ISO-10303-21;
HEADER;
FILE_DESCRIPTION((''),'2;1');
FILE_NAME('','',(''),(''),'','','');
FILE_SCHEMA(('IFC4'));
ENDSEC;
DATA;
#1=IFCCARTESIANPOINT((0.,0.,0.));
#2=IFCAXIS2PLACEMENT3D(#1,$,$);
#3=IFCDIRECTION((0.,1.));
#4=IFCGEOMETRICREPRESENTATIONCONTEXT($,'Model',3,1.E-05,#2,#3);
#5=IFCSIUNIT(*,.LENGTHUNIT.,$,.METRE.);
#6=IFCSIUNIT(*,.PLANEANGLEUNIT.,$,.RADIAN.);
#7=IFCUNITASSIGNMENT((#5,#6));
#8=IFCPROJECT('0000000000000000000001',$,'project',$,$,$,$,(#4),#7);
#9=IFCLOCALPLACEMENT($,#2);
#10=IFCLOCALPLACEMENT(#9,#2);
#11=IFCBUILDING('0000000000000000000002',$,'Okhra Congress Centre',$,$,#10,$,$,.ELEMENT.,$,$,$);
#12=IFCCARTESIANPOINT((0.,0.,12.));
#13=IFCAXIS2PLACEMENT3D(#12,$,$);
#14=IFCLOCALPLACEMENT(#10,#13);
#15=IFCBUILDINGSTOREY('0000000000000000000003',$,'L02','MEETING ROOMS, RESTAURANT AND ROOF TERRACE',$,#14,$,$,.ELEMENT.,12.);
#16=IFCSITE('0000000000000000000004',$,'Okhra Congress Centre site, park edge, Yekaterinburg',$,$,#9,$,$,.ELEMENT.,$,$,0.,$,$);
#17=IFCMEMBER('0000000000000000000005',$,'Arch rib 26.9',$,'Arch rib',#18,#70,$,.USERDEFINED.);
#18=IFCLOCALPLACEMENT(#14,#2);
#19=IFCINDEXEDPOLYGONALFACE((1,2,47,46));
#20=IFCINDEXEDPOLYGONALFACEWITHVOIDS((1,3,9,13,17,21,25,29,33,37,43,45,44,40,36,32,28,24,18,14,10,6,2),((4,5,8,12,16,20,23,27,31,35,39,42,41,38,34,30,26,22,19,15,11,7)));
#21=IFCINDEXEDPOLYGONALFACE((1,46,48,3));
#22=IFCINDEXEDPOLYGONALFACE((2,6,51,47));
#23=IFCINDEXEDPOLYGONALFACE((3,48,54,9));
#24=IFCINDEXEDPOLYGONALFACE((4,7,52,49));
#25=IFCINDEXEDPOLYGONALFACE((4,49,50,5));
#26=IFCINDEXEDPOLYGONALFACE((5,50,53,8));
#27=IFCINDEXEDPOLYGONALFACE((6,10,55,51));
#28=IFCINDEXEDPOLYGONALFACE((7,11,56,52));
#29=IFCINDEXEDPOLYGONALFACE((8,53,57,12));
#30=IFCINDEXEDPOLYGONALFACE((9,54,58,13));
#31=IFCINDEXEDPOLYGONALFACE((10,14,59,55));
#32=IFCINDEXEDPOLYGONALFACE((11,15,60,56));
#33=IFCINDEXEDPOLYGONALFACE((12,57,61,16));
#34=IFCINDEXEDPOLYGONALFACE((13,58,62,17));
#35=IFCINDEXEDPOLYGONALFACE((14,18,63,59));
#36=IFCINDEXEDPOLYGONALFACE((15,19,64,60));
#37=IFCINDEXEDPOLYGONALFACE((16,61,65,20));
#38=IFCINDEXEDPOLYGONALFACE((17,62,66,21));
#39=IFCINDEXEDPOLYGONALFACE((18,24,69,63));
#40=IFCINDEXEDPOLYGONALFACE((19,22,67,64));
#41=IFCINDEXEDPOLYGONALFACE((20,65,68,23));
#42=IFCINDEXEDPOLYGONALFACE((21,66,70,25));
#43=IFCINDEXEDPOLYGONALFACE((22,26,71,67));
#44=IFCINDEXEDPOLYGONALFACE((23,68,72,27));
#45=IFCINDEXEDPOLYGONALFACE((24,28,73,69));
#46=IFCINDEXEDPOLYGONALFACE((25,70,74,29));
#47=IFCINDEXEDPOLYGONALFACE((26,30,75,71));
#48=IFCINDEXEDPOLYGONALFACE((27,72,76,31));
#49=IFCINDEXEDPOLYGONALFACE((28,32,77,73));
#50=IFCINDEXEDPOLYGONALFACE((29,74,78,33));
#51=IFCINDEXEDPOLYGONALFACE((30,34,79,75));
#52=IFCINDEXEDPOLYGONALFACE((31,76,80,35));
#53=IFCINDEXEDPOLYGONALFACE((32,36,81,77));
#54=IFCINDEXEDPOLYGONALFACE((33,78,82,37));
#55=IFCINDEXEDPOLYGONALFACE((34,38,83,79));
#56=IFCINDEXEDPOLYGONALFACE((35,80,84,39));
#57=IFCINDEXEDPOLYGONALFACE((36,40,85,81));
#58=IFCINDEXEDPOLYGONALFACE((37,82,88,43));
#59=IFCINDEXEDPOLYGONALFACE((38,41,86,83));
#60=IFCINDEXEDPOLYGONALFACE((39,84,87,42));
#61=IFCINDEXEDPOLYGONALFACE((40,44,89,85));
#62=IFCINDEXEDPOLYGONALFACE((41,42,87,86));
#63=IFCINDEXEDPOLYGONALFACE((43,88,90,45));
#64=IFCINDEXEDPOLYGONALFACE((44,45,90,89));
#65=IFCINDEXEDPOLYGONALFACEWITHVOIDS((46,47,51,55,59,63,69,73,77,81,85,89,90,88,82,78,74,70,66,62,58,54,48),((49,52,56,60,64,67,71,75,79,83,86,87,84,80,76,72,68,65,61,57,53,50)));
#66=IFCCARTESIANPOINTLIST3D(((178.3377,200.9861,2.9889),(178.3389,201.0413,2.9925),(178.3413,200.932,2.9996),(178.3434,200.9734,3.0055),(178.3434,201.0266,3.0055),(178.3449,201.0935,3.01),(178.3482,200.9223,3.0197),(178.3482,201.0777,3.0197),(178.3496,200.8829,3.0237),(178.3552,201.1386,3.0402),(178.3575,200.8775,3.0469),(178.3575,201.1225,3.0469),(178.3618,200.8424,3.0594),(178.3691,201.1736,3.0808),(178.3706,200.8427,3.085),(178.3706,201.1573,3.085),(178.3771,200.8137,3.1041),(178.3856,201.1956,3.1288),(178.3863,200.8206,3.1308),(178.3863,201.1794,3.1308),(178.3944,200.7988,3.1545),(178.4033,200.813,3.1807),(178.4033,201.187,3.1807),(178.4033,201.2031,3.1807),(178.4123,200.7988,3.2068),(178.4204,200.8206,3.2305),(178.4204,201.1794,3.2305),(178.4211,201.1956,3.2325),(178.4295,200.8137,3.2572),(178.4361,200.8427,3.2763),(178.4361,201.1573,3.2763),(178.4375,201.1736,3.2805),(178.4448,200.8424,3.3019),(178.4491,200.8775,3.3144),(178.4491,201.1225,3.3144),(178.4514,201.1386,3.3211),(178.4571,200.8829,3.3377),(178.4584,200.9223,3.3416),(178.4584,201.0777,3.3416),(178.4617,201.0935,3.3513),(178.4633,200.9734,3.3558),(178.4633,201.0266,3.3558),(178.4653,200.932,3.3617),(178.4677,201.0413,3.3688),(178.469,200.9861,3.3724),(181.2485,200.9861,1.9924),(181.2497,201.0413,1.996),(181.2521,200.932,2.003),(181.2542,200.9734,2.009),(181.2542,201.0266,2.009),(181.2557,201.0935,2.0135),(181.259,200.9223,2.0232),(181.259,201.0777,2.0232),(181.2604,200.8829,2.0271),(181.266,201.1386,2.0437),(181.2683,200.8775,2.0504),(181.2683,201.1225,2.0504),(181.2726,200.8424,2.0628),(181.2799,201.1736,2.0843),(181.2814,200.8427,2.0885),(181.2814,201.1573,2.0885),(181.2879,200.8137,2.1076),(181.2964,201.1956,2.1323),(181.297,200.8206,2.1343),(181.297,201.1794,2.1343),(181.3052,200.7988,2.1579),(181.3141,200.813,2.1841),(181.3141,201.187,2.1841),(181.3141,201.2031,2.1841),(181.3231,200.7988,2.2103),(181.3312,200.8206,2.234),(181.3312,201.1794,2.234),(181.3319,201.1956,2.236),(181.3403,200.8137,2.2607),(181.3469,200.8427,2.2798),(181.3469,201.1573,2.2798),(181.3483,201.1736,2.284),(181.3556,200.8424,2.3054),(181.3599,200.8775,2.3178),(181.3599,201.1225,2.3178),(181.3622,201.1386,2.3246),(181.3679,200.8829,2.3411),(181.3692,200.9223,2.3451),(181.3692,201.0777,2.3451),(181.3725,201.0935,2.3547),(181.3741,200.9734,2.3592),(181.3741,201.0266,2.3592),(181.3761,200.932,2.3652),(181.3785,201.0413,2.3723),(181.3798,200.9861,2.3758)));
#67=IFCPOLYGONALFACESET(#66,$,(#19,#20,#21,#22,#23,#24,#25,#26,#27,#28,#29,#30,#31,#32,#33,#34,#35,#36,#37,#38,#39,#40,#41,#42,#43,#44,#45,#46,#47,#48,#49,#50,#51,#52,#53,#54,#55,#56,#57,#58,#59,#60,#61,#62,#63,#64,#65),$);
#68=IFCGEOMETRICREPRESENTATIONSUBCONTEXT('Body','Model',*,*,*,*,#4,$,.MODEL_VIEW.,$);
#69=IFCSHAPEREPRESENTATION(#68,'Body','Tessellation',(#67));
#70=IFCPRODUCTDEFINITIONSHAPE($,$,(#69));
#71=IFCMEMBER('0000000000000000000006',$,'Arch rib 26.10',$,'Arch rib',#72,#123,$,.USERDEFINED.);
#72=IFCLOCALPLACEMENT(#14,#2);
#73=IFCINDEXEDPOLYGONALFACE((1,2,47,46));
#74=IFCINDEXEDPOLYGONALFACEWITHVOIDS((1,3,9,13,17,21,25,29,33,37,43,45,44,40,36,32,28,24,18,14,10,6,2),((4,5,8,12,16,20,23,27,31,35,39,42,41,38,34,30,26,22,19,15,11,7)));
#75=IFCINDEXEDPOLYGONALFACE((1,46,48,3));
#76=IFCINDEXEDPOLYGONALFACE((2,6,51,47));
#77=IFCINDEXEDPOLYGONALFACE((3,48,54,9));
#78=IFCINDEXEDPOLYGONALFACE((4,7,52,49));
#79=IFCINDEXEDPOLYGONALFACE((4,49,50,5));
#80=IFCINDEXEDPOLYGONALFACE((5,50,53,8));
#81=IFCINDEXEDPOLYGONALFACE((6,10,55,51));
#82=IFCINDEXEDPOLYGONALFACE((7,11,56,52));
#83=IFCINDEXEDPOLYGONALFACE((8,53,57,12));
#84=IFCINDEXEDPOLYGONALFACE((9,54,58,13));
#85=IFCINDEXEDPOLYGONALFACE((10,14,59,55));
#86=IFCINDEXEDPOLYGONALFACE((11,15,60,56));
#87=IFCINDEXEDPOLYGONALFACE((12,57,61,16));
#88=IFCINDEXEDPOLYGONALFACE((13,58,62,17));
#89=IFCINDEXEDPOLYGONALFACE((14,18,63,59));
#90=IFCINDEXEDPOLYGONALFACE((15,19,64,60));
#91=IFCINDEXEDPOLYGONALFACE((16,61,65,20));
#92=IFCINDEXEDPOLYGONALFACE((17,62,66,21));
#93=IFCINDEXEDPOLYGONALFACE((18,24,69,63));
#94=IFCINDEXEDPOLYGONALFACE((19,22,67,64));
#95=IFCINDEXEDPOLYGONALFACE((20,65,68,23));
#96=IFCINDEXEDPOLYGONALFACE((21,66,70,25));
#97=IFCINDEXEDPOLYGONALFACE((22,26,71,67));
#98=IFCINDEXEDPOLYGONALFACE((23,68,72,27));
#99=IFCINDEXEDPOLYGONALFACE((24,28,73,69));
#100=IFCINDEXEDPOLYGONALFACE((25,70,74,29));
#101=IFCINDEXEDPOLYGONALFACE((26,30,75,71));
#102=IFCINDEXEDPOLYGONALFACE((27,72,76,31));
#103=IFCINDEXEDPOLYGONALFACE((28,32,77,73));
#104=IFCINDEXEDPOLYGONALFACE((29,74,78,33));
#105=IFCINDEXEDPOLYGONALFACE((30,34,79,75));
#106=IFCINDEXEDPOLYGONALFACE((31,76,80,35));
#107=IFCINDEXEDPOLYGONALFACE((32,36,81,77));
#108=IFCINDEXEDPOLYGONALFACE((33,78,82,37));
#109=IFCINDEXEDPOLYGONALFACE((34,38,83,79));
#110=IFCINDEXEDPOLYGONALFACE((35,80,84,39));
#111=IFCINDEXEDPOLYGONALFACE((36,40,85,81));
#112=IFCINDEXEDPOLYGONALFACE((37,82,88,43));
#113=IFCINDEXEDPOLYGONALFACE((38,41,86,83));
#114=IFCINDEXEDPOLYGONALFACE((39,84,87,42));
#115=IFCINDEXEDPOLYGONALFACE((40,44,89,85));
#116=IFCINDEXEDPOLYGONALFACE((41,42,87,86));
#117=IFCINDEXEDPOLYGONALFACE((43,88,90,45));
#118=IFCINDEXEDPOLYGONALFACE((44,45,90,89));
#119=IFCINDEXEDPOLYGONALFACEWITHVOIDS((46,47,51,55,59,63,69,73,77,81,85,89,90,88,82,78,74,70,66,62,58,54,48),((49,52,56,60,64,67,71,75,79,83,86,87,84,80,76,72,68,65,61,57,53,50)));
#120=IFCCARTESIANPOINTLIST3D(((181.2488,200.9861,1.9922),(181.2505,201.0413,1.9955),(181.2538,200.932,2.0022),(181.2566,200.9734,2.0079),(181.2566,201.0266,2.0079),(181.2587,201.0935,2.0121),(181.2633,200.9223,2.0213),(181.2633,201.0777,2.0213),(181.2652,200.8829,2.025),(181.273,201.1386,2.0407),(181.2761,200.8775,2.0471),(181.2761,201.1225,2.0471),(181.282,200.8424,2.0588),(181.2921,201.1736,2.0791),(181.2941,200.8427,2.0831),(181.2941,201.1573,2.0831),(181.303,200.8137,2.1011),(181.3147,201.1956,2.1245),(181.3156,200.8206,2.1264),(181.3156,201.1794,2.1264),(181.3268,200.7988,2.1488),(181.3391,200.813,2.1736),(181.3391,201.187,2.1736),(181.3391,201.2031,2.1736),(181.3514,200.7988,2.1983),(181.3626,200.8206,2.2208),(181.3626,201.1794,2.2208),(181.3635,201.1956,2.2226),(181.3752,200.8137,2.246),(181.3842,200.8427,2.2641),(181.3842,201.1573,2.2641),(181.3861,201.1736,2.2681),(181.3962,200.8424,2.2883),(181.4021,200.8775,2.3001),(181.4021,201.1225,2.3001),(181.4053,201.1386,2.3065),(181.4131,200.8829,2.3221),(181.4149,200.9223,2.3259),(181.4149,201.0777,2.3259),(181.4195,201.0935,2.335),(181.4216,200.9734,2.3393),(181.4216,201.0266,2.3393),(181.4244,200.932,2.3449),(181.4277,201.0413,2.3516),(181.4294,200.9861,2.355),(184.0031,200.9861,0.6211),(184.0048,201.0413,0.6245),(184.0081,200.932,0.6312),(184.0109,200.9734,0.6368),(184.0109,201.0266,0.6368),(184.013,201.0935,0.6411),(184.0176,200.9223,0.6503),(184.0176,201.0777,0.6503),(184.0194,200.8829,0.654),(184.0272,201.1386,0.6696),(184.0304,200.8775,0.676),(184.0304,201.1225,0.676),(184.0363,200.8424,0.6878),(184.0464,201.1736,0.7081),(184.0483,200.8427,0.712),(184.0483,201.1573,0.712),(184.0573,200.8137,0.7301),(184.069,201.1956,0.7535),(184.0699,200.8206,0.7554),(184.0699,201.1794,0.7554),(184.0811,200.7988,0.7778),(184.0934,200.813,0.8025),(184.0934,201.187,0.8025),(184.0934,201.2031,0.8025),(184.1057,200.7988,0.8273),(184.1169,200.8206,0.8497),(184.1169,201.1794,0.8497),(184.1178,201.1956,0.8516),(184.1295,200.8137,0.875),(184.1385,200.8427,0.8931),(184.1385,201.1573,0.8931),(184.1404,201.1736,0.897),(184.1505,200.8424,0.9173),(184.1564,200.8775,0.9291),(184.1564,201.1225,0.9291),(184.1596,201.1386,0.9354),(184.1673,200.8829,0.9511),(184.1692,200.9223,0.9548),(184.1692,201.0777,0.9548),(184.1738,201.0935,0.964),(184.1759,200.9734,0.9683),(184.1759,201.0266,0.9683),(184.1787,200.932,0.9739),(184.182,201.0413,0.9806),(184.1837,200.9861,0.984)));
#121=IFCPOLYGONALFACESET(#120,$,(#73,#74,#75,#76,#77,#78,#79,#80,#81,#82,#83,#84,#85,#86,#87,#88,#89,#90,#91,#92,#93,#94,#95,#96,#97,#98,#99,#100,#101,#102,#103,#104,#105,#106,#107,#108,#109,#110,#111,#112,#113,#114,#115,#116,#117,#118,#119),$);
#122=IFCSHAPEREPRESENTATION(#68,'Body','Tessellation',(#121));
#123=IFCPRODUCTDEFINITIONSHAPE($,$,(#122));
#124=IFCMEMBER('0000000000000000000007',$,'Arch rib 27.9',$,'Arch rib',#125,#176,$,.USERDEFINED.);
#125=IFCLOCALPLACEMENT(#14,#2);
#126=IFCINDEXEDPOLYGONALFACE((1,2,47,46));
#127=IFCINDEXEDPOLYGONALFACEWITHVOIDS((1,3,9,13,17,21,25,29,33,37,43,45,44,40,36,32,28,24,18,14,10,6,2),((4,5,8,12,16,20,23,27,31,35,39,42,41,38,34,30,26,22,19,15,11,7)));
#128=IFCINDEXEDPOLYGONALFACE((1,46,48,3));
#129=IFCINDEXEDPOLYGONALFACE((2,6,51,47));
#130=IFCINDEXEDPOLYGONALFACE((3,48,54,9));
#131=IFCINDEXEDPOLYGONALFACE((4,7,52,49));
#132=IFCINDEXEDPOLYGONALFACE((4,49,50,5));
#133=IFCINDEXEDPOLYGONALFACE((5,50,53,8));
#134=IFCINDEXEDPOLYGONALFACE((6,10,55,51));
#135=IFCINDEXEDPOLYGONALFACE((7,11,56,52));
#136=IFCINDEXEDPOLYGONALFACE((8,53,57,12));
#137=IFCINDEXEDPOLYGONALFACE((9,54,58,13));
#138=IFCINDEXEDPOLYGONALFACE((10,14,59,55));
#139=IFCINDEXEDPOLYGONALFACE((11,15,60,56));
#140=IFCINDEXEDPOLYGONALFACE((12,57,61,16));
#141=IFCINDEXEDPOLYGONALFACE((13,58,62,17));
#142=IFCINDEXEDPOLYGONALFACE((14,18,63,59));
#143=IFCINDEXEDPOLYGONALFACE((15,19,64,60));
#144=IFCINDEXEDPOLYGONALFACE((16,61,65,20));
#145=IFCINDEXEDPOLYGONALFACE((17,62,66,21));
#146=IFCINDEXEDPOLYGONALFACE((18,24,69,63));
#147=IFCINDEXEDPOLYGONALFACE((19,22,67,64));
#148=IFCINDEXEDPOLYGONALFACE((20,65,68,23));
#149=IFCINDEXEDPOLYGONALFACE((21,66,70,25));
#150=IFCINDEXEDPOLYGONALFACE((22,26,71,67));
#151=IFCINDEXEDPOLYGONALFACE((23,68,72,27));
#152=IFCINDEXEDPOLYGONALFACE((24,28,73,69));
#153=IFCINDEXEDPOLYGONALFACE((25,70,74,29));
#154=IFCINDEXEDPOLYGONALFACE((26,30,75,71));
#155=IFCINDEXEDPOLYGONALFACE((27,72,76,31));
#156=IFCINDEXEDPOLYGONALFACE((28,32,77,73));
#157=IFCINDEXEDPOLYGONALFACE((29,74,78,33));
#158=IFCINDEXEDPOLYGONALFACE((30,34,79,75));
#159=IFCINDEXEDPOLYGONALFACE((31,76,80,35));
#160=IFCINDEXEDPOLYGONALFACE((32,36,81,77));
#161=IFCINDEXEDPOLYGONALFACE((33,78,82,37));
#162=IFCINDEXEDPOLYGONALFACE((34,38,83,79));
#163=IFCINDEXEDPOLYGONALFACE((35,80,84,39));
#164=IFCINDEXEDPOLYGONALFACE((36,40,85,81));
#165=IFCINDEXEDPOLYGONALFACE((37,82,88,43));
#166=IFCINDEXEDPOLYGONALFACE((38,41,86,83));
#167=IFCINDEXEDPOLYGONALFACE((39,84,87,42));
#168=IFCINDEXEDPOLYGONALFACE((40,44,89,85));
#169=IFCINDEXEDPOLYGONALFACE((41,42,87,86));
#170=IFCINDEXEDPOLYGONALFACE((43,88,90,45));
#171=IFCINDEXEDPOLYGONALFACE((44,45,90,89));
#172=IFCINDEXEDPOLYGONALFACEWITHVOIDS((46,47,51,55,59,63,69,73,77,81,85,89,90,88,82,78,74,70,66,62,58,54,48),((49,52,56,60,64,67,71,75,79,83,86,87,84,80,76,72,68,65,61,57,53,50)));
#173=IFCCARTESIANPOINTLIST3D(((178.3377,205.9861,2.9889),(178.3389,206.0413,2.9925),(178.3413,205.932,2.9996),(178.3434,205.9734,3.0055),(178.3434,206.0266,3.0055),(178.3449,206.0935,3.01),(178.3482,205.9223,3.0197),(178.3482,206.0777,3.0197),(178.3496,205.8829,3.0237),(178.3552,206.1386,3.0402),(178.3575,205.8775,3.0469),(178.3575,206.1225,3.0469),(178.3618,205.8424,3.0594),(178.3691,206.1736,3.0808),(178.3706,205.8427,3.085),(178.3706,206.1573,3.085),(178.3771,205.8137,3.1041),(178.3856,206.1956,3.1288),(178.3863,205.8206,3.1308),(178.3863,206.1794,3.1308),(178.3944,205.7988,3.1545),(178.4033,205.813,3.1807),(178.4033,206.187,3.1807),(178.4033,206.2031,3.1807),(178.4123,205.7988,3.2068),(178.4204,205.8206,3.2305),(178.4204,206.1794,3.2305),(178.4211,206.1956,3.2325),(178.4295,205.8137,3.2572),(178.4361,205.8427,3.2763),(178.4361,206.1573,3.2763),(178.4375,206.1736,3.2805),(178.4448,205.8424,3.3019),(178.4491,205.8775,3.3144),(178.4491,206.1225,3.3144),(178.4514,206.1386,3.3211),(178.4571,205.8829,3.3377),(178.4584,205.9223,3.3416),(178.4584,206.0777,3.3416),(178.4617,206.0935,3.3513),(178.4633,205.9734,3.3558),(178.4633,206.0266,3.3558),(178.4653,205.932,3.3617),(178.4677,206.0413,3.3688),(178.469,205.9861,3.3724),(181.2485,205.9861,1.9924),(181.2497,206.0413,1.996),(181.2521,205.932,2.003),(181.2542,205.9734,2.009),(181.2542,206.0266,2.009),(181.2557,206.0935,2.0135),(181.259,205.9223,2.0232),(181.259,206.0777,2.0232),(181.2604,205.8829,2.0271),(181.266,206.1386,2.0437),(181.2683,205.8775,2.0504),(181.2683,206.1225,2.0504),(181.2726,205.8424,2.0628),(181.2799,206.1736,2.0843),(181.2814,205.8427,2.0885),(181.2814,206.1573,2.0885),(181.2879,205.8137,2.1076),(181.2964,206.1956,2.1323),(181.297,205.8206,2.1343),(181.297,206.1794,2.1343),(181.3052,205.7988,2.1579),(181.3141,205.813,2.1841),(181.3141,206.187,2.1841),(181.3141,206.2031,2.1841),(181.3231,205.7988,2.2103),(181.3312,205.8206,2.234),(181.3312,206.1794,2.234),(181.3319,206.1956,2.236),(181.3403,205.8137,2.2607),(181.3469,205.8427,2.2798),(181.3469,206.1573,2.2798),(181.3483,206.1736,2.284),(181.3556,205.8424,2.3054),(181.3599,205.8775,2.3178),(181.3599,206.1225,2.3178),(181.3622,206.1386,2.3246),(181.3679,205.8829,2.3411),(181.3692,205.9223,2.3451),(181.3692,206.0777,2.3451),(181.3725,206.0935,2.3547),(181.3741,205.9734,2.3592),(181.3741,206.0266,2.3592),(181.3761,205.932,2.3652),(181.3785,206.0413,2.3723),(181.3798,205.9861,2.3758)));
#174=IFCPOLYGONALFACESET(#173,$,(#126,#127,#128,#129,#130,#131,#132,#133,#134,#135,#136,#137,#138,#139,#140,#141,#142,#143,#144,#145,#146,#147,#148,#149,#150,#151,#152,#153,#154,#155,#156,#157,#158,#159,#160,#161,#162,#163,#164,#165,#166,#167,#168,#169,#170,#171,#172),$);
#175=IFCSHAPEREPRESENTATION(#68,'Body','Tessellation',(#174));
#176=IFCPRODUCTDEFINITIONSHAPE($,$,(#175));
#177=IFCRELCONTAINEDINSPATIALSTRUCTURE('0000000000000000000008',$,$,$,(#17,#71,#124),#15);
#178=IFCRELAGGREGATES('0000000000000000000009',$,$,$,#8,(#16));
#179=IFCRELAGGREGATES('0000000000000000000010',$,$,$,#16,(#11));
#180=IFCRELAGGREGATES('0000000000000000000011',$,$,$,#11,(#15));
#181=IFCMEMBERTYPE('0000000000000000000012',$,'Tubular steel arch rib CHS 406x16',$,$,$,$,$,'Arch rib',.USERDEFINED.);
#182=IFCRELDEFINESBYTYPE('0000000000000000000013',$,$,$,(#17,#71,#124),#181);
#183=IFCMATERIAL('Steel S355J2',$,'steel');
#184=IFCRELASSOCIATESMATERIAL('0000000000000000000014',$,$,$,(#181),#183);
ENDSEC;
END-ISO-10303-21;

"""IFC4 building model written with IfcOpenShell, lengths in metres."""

from ifc_helpers import new_model, si_unit, direction, frame, origin, origin_2d, place, context, subcontext, project, spatial, hollow_circle, extrude, material, material_profile, profile_set, type_object, element, save


model = new_model("IFC4")

# Units and contexts
model_context = context("Model", 3, precision=1e-05, world=origin(), true_north=direction((0.0, 1.0)))
body_context = subcontext(model_context, "Body", "Model", "MODEL_VIEW")
ifc_project = project(units=[si_unit("LENGTHUNIT", "METRE"), si_unit("PLANEANGLEUNIT", "RADIAN")], contexts=[model_context])

# Site, building, storey
site_placement = place(None, origin())
site = spatial("IfcSite", under=ifc_project, at=site_placement, Name="Okhra Congress Centre site, park edge, Yekaterinburg", CompositionType="ELEMENT", RefElevation=0.0)
building_placement = place(site_placement, origin())
building = spatial("IfcBuilding", under=site, at=building_placement, Name="Okhra Congress Centre", CompositionType="ELEMENT")
storey_placement = place(building_placement, frame((0.0, 0.0, 12.0)))
storey = spatial("IfcBuildingStorey", under=building, at=storey_placement, Name="L02", Description="MEETING ROOMS, RESTAURANT AND ROOF TERRACE", CompositionType="ELEMENT", Elevation=12.0)

# Members
ifc_material_1 = material(Name="Steel S355J2", Category="steel")
ifc_material_profile_1 = material_profile(ifc_material_1, hollow_circle(Radius=0.2031, WallThickness=0.0161, at=origin_2d()), Name="CHS 406.4x16")
ifc_profile_set_1 = profile_set([ifc_material_profile_1], Name="Steel S355J2")
member_type_1 = type_object("IfcMemberType", Name="Tubular steel arch rib CHS 406x16", ElementType="Arch rib", PredefinedType="USERDEFINED", material=ifc_profile_set_1)
for number, where, z_axis, x_axis, name in (
    (1, (178.4033, 201.0, 3.1807), (0.946089, 0.0, -0.323906), (0.0, 1.0, 0.0), "Arch rib 26.9"),
    (2, (181.3391, 201.0, 2.1736), (0.895219, 0.0, -0.445626), (0.0, 1.0, 0.0), "Arch rib 26.10"),
    (3, (178.4033, 206.0, 3.1807), (0.946089, 0.0, -0.323906), (0.0, 1.0, 0.0), "Arch rib 27.9"),
):
    element("IfcMember", number, at=place(storey_placement, frame(where, z_axis=z_axis, x_axis=x_axis)), inside=storey, type_object=member_type_1, Name=name, ObjectType="Arch rib", PredefinedType="USERDEFINED", context=body_context, shape_type="SweptSolid", body=[
        extrude(hollow_circle(Radius=0.2031, WallThickness=0.0161, at=origin_2d()), origin(), (0.0, 0.0, 1.0), 3.0767),
    ])

save(model, "model.ifc")
